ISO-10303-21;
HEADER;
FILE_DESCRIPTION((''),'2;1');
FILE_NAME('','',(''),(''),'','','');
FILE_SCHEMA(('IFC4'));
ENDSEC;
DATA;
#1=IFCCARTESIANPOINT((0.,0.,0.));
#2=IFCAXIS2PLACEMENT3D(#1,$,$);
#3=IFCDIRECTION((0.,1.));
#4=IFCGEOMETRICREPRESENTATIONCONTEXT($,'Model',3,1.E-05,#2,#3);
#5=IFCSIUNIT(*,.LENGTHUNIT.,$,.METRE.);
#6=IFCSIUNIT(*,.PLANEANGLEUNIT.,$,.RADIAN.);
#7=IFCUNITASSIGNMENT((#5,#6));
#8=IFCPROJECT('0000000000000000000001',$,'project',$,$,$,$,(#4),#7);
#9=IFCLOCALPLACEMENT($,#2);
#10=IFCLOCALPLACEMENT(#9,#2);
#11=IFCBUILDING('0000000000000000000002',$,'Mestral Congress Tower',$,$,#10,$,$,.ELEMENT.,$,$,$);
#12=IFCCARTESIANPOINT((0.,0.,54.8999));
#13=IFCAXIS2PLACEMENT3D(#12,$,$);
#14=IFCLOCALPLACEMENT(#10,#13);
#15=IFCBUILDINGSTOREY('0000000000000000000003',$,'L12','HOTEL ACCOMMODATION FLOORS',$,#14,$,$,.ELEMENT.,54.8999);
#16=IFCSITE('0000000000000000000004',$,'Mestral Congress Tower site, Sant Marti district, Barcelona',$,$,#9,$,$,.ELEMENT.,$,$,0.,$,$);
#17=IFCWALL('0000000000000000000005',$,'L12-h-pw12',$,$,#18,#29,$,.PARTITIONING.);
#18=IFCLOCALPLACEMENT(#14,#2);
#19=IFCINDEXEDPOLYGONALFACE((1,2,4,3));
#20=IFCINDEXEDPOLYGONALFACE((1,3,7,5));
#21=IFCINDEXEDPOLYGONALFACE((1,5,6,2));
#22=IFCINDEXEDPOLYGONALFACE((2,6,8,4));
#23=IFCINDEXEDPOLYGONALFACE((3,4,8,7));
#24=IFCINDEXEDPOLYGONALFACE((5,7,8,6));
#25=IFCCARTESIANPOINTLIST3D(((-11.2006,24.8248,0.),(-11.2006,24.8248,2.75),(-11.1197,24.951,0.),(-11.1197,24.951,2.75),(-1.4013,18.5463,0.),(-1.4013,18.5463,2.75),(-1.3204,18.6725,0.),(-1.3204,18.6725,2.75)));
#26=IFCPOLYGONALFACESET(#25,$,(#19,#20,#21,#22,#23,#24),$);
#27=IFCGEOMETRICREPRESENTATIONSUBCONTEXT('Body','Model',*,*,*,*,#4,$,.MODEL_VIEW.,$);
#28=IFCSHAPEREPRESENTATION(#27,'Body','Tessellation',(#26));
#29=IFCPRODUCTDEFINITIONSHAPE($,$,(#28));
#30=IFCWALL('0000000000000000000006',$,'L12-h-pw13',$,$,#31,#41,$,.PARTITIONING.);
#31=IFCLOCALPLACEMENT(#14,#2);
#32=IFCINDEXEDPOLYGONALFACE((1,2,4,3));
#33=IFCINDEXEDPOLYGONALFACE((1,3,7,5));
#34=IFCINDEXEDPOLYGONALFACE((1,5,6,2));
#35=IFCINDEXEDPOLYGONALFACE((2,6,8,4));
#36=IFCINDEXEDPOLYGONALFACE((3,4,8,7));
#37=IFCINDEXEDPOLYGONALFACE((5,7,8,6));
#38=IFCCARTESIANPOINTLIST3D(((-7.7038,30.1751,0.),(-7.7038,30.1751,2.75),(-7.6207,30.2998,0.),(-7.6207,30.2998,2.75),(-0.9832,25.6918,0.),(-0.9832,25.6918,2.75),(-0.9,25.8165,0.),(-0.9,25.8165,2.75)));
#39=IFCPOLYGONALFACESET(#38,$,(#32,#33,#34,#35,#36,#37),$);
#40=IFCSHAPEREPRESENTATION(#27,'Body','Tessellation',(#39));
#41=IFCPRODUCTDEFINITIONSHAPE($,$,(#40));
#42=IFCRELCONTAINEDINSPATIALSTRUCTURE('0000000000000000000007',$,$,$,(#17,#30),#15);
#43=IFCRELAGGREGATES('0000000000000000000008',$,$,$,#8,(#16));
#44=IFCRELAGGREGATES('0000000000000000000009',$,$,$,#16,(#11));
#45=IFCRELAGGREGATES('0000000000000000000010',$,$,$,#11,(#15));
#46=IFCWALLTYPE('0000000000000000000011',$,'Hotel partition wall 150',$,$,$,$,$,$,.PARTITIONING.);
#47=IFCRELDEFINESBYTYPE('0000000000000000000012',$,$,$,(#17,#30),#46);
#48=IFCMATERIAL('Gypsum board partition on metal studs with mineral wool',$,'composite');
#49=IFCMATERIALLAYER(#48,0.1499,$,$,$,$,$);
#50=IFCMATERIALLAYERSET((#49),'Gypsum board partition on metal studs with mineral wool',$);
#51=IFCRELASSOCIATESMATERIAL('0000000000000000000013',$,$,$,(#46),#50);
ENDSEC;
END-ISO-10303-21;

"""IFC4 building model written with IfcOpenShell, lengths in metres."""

from ifc_helpers import new_model, si_unit, direction, frame, frame_2d, origin, place, context, subcontext, project, spatial, rectangle, extrude, material, layer, layer_set, type_object, element, save


model = new_model("IFC4")

# Units and contexts
model_context = context("Model", 3, precision=1e-05, world=origin(), true_north=direction((0.0, 1.0)))
body_context = subcontext(model_context, "Body", "Model", "MODEL_VIEW")
ifc_project = project(units=[si_unit("LENGTHUNIT", "METRE"), si_unit("PLANEANGLEUNIT", "RADIAN")], contexts=[model_context])

# Site, building, storey
site_placement = place(None, origin())
site = spatial("IfcSite", under=ifc_project, at=site_placement, Name="Mestral Congress Tower site, Sant Marti district, Barcelona", CompositionType="ELEMENT", RefElevation=0.0)
building_placement = place(site_placement, origin())
building = spatial("IfcBuilding", under=site, at=building_placement, Name="Mestral Congress Tower", CompositionType="ELEMENT")
storey_placement = place(building_placement, frame((0.0, 0.0, 54.8999)))
storey = spatial("IfcBuildingStorey", under=building, at=storey_placement, Name="L12", Description="HOTEL ACCOMMODATION FLOORS", CompositionType="ELEMENT", Elevation=54.8999)

# Walls
ifc_material_1 = material(Name="Gypsum board partition on metal studs with mineral wool", Category="composite")
ifc_layer_1 = layer(ifc_material_1, 0.1499)
ifc_layer_set_1 = layer_set([ifc_layer_1], Name="Gypsum board partition on metal studs with mineral wool")
wall_type_1 = type_object("IfcWallType", Name="Hotel partition wall 150", PredefinedType="PARTITIONING", material=ifc_layer_set_1)
wall_1_placement = place(storey_placement, frame((-11.1602, 24.8879, 0.0), z_axis=(0.0, 0.0, 1.0), x_axis=(0.841998, -0.53948, 0.0)))
element("IfcWall", 1, at=wall_1_placement, inside=storey, type_object=wall_type_1, Name="L12-h-pw12", PredefinedType="PARTITIONING", context=body_context, shape_type="SweptSolid", body=[
    extrude(rectangle(XDim=11.6382, YDim=0.1499, at=frame_2d((5.8191, 0.0))), origin(), (0.0, 0.0, 1.0), 2.75),
])
wall_2_placement = place(storey_placement, frame((-7.6624, 30.2375, 0.0), z_axis=(0.0, 0.0, 1.0), x_axis=(0.831883, -0.554951, 0.0)))
element("IfcWall", 2, at=wall_2_placement, inside=storey, type_object=wall_type_1, Name="L12-h-pw13", PredefinedType="PARTITIONING", context=body_context, shape_type="SweptSolid", body=[
    extrude(rectangle(XDim=8.0789, YDim=0.1499, at=frame_2d((4.0396, 0.0))), origin(), (0.0, 0.0, 1.0), 2.75),
])

save(model, "model.ifc")
